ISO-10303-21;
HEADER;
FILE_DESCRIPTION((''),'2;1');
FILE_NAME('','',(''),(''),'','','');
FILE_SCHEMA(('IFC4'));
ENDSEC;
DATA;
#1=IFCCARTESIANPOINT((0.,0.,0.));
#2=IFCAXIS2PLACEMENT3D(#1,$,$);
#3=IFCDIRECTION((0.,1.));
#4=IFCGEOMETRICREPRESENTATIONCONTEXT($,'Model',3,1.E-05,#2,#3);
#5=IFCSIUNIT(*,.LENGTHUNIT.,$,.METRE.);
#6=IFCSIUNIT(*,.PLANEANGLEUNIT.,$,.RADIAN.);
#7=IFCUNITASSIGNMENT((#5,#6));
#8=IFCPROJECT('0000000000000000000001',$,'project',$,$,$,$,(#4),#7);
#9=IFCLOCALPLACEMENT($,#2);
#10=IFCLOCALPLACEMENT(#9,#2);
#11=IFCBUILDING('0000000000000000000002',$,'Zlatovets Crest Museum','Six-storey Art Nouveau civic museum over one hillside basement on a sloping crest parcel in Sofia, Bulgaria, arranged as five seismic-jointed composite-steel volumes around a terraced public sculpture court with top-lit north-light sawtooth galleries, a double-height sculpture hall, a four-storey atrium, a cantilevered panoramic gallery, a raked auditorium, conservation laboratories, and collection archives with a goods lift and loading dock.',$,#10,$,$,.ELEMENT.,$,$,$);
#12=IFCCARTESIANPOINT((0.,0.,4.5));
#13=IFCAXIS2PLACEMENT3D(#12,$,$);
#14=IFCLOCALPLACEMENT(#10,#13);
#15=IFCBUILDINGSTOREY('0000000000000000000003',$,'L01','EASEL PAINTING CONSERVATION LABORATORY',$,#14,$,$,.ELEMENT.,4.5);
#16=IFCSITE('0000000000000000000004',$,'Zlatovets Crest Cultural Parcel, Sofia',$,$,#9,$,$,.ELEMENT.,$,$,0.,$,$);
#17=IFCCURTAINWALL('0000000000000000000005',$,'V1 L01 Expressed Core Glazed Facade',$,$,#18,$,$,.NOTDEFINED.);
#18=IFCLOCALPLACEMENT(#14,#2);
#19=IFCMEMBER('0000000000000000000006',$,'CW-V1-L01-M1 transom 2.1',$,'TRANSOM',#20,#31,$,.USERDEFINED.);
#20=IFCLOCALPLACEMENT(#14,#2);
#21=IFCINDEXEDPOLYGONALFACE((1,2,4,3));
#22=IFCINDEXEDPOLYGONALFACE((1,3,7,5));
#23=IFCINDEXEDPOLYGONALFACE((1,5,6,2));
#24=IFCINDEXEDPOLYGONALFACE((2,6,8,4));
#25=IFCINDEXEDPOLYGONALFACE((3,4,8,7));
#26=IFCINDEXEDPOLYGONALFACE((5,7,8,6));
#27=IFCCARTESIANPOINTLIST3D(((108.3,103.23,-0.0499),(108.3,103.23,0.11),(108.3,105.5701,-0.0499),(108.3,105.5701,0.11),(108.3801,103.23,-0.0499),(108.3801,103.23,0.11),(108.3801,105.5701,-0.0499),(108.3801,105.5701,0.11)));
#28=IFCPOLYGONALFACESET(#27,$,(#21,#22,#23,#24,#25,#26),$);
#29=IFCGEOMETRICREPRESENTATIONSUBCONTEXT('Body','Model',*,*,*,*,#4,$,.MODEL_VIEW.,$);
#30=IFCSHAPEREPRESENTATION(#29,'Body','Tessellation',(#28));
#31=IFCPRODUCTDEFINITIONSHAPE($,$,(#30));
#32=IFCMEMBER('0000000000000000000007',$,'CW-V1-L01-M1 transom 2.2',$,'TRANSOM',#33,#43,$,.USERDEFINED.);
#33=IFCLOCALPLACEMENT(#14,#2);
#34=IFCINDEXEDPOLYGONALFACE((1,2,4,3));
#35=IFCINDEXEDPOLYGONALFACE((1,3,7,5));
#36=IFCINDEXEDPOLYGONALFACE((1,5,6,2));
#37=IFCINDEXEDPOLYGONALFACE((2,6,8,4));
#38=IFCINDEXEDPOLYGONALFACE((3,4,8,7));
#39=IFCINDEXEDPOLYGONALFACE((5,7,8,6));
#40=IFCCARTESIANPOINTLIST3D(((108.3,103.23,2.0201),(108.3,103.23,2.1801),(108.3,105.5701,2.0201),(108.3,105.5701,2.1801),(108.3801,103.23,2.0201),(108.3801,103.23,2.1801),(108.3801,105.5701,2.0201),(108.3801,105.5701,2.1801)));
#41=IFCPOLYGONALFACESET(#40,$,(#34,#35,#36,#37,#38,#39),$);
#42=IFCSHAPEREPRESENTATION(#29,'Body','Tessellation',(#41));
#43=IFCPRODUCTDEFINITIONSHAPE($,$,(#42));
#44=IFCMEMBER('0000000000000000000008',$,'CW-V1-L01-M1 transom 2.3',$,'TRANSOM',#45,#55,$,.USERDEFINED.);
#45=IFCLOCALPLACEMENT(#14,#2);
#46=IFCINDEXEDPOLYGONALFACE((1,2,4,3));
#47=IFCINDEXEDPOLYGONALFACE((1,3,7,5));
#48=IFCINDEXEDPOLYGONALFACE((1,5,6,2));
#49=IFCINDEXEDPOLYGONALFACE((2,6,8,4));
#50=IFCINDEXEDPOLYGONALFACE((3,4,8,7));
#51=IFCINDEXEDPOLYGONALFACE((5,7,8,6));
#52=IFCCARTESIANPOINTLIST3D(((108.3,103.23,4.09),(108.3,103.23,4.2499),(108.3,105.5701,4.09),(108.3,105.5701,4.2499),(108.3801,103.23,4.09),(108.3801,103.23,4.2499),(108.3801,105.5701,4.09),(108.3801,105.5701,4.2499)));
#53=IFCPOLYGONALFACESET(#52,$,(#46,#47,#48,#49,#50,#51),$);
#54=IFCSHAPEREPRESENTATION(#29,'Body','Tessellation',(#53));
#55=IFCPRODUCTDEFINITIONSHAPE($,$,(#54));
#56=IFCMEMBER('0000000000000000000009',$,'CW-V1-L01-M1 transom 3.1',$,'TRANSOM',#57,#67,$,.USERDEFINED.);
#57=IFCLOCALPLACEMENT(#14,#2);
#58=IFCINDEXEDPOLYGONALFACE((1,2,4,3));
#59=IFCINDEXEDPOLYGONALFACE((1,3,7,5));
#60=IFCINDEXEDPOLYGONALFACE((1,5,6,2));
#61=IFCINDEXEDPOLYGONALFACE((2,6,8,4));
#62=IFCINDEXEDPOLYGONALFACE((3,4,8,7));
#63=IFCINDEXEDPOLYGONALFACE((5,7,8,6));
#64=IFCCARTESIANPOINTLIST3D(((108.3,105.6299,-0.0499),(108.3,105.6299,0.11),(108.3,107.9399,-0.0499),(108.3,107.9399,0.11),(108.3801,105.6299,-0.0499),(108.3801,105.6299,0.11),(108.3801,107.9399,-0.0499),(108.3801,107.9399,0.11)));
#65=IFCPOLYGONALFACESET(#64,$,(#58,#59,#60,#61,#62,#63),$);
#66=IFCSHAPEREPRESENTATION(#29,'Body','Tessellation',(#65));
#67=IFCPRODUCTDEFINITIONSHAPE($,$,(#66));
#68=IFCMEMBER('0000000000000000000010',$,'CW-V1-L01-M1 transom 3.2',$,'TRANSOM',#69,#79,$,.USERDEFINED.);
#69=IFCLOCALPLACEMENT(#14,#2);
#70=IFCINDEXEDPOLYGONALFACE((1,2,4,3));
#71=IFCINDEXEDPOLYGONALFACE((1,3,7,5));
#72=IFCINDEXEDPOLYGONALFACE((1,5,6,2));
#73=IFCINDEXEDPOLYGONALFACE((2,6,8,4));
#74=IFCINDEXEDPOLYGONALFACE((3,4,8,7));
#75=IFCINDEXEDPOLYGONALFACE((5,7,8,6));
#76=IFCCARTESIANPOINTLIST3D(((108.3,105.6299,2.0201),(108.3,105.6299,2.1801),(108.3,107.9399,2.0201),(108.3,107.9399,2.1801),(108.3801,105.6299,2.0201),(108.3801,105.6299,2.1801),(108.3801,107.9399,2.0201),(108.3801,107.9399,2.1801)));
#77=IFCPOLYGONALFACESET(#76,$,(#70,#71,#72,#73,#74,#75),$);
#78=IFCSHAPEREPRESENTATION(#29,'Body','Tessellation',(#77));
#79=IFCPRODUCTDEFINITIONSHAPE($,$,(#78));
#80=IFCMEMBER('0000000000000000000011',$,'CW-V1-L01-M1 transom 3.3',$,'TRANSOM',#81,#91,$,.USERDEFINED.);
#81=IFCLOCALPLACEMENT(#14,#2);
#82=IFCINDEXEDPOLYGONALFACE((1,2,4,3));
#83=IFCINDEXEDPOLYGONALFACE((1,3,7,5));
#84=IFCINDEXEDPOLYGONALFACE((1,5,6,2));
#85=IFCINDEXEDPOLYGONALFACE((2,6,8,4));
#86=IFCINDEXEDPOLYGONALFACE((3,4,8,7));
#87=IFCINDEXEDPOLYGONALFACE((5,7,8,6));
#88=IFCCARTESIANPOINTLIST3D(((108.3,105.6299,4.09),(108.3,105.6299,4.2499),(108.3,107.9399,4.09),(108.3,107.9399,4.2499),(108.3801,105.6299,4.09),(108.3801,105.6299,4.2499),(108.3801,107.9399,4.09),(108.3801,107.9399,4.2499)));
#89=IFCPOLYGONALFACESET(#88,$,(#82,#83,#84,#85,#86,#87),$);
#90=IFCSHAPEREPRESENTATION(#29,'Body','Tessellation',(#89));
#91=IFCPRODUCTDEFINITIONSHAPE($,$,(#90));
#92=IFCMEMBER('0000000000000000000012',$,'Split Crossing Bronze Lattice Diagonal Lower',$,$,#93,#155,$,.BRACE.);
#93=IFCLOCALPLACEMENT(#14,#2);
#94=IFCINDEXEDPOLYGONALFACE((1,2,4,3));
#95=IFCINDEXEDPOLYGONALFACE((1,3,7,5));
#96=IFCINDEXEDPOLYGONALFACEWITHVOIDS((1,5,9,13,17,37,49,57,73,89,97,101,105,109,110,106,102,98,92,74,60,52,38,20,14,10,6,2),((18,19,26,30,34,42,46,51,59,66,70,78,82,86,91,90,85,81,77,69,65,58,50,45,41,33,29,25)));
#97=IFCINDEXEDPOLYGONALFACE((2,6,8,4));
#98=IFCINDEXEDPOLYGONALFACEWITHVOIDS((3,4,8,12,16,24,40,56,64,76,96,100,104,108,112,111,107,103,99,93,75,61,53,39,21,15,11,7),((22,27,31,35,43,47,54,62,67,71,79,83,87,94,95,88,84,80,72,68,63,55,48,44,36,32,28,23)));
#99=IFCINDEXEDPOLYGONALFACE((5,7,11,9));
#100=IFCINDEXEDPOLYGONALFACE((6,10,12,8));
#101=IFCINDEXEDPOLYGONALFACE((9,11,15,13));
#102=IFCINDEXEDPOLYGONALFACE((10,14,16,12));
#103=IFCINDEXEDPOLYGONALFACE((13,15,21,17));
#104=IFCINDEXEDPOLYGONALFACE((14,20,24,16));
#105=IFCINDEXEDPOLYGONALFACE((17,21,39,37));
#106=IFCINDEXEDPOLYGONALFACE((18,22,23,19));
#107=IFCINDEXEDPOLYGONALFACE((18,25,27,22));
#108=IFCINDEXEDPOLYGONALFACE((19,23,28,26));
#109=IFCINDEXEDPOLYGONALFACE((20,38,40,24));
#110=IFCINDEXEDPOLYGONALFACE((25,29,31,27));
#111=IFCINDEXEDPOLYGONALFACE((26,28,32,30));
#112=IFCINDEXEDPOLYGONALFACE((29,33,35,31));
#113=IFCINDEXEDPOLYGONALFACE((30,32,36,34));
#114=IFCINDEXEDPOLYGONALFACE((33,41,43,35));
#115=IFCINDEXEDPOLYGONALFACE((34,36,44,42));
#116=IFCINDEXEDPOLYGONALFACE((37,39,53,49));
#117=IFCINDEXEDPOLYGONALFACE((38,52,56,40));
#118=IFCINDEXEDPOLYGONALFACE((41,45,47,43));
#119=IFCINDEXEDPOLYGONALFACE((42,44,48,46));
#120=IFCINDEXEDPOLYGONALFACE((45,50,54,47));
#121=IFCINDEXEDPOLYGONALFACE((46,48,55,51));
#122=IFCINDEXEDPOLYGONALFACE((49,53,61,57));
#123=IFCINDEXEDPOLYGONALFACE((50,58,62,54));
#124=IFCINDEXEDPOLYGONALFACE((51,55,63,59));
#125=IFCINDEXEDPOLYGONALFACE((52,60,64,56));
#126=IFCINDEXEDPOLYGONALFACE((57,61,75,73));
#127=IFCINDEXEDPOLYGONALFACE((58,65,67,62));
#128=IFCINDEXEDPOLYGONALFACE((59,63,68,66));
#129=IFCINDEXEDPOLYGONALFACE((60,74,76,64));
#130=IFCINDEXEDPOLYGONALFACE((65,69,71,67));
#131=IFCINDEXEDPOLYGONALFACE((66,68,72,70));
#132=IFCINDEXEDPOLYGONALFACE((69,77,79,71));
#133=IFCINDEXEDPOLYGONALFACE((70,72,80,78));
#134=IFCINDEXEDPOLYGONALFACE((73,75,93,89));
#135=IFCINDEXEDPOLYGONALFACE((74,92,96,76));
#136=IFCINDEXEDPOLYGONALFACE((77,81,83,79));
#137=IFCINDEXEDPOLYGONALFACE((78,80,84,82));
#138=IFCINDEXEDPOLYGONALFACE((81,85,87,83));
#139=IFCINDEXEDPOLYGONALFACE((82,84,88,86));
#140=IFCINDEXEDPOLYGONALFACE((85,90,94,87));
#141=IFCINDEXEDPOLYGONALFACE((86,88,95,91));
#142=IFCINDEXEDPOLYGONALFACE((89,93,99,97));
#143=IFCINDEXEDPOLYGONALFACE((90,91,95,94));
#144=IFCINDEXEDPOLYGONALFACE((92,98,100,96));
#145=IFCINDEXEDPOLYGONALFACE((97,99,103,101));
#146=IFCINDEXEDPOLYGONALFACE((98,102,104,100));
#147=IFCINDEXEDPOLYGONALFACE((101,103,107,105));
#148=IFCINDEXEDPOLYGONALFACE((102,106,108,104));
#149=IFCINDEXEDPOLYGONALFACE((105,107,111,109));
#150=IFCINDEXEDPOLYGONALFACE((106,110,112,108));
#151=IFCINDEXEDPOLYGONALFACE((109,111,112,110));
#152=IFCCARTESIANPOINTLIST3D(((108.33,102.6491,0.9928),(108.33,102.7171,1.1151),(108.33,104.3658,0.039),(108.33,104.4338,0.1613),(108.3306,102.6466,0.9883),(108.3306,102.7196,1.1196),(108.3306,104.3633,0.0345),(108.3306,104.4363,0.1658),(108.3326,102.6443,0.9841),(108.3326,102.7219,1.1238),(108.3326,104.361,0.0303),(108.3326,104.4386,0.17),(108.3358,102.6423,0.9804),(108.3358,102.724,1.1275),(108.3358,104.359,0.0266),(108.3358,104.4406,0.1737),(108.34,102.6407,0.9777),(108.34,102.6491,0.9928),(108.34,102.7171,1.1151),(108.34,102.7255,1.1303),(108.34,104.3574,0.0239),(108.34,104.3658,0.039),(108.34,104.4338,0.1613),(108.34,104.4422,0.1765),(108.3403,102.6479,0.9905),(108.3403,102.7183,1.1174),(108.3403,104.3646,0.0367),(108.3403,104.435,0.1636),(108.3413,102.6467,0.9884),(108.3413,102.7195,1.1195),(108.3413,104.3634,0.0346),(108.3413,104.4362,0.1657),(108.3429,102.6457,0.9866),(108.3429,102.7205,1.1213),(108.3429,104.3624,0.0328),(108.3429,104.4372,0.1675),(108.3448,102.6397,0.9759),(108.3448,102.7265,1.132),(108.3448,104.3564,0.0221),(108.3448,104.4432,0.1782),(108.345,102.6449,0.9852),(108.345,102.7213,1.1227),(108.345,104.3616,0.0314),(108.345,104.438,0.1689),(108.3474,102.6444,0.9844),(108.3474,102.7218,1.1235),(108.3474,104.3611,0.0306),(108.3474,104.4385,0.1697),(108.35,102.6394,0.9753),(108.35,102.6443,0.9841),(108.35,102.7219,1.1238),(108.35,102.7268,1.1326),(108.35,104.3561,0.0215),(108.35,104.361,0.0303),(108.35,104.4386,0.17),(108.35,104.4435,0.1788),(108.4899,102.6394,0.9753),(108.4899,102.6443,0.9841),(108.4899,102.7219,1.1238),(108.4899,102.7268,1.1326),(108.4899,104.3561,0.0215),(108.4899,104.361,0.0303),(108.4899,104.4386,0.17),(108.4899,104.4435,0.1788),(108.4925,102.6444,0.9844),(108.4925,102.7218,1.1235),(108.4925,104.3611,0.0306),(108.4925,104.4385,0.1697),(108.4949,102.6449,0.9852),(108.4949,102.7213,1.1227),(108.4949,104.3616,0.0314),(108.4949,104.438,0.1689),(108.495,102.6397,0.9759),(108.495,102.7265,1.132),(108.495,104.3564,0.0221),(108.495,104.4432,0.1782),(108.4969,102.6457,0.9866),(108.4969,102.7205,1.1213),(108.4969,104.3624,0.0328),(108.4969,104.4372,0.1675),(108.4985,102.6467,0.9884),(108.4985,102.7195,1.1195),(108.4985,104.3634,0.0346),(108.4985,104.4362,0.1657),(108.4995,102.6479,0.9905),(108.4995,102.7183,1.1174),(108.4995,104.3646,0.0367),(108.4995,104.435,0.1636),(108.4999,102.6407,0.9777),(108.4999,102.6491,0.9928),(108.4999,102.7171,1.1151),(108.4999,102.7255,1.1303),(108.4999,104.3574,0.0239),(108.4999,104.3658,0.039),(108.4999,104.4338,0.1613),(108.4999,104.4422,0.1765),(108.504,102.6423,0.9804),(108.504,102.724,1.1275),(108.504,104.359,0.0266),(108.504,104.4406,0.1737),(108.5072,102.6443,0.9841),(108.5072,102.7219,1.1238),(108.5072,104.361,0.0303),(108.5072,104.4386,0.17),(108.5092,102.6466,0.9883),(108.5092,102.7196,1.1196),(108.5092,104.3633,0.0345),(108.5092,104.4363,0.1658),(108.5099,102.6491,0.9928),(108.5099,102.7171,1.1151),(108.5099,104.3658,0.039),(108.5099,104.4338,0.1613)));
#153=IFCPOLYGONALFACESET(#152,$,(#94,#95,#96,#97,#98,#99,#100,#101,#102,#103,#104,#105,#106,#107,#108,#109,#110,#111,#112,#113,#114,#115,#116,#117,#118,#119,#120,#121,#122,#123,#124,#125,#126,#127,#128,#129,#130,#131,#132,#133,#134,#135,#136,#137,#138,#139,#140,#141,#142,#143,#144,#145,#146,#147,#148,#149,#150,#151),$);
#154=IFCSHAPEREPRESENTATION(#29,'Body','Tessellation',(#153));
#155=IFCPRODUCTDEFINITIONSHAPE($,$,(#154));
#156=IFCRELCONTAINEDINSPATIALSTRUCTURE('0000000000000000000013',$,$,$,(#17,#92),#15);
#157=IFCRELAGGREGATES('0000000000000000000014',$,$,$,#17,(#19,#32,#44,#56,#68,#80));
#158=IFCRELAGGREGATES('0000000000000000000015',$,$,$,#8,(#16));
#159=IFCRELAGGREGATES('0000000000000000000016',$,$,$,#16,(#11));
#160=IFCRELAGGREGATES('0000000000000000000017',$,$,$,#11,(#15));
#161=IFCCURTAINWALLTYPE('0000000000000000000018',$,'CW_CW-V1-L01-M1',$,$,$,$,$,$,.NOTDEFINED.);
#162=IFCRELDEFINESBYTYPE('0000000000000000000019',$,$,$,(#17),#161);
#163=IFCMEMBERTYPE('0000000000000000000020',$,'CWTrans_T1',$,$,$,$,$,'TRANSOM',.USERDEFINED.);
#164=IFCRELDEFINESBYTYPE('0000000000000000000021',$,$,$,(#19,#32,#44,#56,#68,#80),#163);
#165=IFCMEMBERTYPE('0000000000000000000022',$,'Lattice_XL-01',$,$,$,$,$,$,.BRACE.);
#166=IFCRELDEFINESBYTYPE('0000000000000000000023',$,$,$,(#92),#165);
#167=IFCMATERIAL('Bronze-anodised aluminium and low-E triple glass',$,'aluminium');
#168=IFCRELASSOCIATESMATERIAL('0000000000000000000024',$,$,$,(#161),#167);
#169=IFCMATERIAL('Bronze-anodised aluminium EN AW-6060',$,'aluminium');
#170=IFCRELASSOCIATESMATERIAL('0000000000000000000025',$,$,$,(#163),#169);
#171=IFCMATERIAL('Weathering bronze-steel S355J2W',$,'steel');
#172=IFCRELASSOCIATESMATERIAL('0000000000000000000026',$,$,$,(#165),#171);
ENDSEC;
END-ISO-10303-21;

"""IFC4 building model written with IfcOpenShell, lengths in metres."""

from ifc_helpers import new_model, si_unit, direction, frame, origin, origin_2d, place, context, subcontext, project, spatial, rectangle, hollow_rectangle, extrude, material, material_profile, profile_set, type_object, element, aggregate, save


model = new_model("IFC4")

# Units and contexts
model_context = context("Model", 3, precision=1e-05, world=origin(), true_north=direction((0.0, 1.0)))
body_context = subcontext(model_context, "Body", "Model", "MODEL_VIEW")
ifc_project = project(units=[si_unit("LENGTHUNIT", "METRE"), si_unit("PLANEANGLEUNIT", "RADIAN")], contexts=[model_context])

# Site, building, storey
site_placement = place(None, origin())
site = spatial("IfcSite", under=ifc_project, at=site_placement, Name="Zlatovets Crest Cultural Parcel, Sofia", CompositionType="ELEMENT", RefElevation=0.0)
building_placement = place(site_placement, origin())
building = spatial("IfcBuilding", under=site, at=building_placement, Name="Zlatovets Crest Museum", Description="Six-storey Art Nouveau civic museum over one hillside basement on a sloping crest parcel in Sofia, Bulgaria, arranged as five seismic-jointed composite-steel volumes around a terraced public sculpture court with top-lit north-light sawtooth galleries, a double-height sculpture hall, a four-storey atrium, a cantilevered panoramic gallery, a raked auditorium, conservation laboratories, and collection archives with a goods lift and loading dock.", CompositionType="ELEMENT")
storey_placement = place(building_placement, frame((0.0, 0.0, 4.5)))
storey = spatial("IfcBuildingStorey", under=building, at=storey_placement, Name="L01", Description="EASEL PAINTING CONSERVATION LABORATORY", CompositionType="ELEMENT", Elevation=4.5)

# Curtain wall, members
ifc_material_1 = material(Name="Bronze-anodised aluminium and low-E triple glass", Category="aluminium")
curtain_wall_type = type_object("IfcCurtainWallType", Name="CW_CW-V1-L01-M1", PredefinedType="NOTDEFINED", material=ifc_material_1)
curtain_wall_placement = place(storey_placement, origin())
curtain_wall = element("IfcCurtainWall", 1, at=curtain_wall_placement, inside=storey, type_object=curtain_wall_type, Name="V1 L01 Expressed Core Glazed Facade", PredefinedType="NOTDEFINED")
ifc_material_2 = material(Name="Bronze-anodised aluminium EN AW-6060", Category="aluminium")
ifc_material_profile_1 = material_profile(ifc_material_2, rectangle(XDim=0.0801, YDim=0.1599, at=origin_2d()), Name="ALU 80x160")
ifc_profile_set_1 = profile_set([ifc_material_profile_1], Name="Bronze-anodised aluminium EN AW-6060")
member_type_1 = type_object("IfcMemberType", Name="CWTrans_T1", ElementType="TRANSOM", PredefinedType="USERDEFINED", material=ifc_profile_set_1)
member_1_placement = place(storey_placement, frame((108.3401, 103.23, 0.03), z_axis=(0.0, 1.0, 0.0), x_axis=(-1.0, 0.0, 0.0)))
member_1 = element("IfcMember", 2, at=member_1_placement, type_object=member_type_1, Name="CW-V1-L01-M1 transom 2.1", ObjectType="TRANSOM", PredefinedType="USERDEFINED", context=body_context, shape_type="SweptSolid", body=[
    extrude(rectangle(XDim=0.0801, YDim=0.1599, at=origin_2d()), origin(), (0.0, 0.0, 1.0), 2.3401),
])
member_2_placement = place(storey_placement, frame((108.3401, 103.23, 2.1001), z_axis=(0.0, 1.0, 0.0), x_axis=(-1.0, 0.0, 0.0)))
member_2 = element("IfcMember", 3, at=member_2_placement, type_object=member_type_1, Name="CW-V1-L01-M1 transom 2.2", ObjectType="TRANSOM", PredefinedType="USERDEFINED", context=body_context, shape_type="SweptSolid", body=[
    extrude(rectangle(XDim=0.0801, YDim=0.1599, at=origin_2d()), origin(), (0.0, 0.0, 1.0), 2.3401),
])
member_3_placement = place(storey_placement, frame((108.3401, 103.23, 4.1699), z_axis=(0.0, 1.0, 0.0), x_axis=(-1.0, 0.0, 0.0)))
member_3 = element("IfcMember", 4, at=member_3_placement, type_object=member_type_1, Name="CW-V1-L01-M1 transom 2.3", ObjectType="TRANSOM", PredefinedType="USERDEFINED", context=body_context, shape_type="SweptSolid", body=[
    extrude(rectangle(XDim=0.0801, YDim=0.1599, at=origin_2d()), origin(), (0.0, 0.0, 1.0), 2.3401),
])
member_4_placement = place(storey_placement, frame((108.3401, 105.6299, 0.03), z_axis=(0.0, 1.0, 0.0), x_axis=(-1.0, 0.0, 0.0)))
member_4 = element("IfcMember", 5, at=member_4_placement, type_object=member_type_1, Name="CW-V1-L01-M1 transom 3.1", ObjectType="TRANSOM", PredefinedType="USERDEFINED", context=body_context, shape_type="SweptSolid", body=[
    extrude(rectangle(XDim=0.0801, YDim=0.1599, at=origin_2d()), origin(), (0.0, 0.0, 1.0), 2.3101),
])
member_5_placement = place(storey_placement, frame((108.3401, 105.6299, 2.1001), z_axis=(0.0, 1.0, 0.0), x_axis=(-1.0, 0.0, 0.0)))
member_5 = element("IfcMember", 6, at=member_5_placement, type_object=member_type_1, Name="CW-V1-L01-M1 transom 3.2", ObjectType="TRANSOM", PredefinedType="USERDEFINED", context=body_context, shape_type="SweptSolid", body=[
    extrude(rectangle(XDim=0.0801, YDim=0.1599, at=origin_2d()), origin(), (0.0, 0.0, 1.0), 2.3101),
])
member_6_placement = place(storey_placement, frame((108.3401, 105.6299, 4.1699), z_axis=(0.0, 1.0, 0.0), x_axis=(-1.0, 0.0, 0.0)))
member_6 = element("IfcMember", 7, at=member_6_placement, type_object=member_type_1, Name="CW-V1-L01-M1 transom 3.3", ObjectType="TRANSOM", PredefinedType="USERDEFINED", context=body_context, shape_type="SweptSolid", body=[
    extrude(rectangle(XDim=0.0801, YDim=0.1599, at=origin_2d()), origin(), (0.0, 0.0, 1.0), 2.3101),
])

# Member
ifc_material_3 = material(Name="Weathering bronze-steel S355J2W", Category="steel")
ifc_material_profile_2 = material_profile(ifc_material_3, hollow_rectangle(XDim=0.1799, YDim=0.1799, WallThickness=0.01, InnerFilletRadius=0.01, OuterFilletRadius=0.02, at=origin_2d()), Name="SHS 180x180x10.0")
ifc_profile_set_2 = profile_set([ifc_material_profile_2], Name="Weathering bronze-steel S355J2W")
member_type_2 = type_object("IfcMemberType", Name="Lattice_XL-01", PredefinedType="BRACE", material=ifc_profile_set_2)
member_7_placement = place(storey_placement, frame((108.4199, 102.6831, 1.054), z_axis=(0.0, 0.87414, -0.485675), x_axis=(-1.0, 0.0, 0.0)))
element("IfcMember", 8, at=member_7_placement, inside=storey, type_object=member_type_2, Name="Split Crossing Bronze Lattice Diagonal Lower", PredefinedType="BRACE", context=body_context, shape_type="SweptSolid", body=[
    extrude(hollow_rectangle(XDim=0.1799, YDim=0.1799, WallThickness=0.01, InnerFilletRadius=0.01, OuterFilletRadius=0.02, at=origin_2d()), origin(), (0.0, 0.0, 1.0), 1.9639),
])

aggregate(curtain_wall, [member_1, member_2, member_3, member_4, member_5, member_6])

save(model, "model.ifc")
